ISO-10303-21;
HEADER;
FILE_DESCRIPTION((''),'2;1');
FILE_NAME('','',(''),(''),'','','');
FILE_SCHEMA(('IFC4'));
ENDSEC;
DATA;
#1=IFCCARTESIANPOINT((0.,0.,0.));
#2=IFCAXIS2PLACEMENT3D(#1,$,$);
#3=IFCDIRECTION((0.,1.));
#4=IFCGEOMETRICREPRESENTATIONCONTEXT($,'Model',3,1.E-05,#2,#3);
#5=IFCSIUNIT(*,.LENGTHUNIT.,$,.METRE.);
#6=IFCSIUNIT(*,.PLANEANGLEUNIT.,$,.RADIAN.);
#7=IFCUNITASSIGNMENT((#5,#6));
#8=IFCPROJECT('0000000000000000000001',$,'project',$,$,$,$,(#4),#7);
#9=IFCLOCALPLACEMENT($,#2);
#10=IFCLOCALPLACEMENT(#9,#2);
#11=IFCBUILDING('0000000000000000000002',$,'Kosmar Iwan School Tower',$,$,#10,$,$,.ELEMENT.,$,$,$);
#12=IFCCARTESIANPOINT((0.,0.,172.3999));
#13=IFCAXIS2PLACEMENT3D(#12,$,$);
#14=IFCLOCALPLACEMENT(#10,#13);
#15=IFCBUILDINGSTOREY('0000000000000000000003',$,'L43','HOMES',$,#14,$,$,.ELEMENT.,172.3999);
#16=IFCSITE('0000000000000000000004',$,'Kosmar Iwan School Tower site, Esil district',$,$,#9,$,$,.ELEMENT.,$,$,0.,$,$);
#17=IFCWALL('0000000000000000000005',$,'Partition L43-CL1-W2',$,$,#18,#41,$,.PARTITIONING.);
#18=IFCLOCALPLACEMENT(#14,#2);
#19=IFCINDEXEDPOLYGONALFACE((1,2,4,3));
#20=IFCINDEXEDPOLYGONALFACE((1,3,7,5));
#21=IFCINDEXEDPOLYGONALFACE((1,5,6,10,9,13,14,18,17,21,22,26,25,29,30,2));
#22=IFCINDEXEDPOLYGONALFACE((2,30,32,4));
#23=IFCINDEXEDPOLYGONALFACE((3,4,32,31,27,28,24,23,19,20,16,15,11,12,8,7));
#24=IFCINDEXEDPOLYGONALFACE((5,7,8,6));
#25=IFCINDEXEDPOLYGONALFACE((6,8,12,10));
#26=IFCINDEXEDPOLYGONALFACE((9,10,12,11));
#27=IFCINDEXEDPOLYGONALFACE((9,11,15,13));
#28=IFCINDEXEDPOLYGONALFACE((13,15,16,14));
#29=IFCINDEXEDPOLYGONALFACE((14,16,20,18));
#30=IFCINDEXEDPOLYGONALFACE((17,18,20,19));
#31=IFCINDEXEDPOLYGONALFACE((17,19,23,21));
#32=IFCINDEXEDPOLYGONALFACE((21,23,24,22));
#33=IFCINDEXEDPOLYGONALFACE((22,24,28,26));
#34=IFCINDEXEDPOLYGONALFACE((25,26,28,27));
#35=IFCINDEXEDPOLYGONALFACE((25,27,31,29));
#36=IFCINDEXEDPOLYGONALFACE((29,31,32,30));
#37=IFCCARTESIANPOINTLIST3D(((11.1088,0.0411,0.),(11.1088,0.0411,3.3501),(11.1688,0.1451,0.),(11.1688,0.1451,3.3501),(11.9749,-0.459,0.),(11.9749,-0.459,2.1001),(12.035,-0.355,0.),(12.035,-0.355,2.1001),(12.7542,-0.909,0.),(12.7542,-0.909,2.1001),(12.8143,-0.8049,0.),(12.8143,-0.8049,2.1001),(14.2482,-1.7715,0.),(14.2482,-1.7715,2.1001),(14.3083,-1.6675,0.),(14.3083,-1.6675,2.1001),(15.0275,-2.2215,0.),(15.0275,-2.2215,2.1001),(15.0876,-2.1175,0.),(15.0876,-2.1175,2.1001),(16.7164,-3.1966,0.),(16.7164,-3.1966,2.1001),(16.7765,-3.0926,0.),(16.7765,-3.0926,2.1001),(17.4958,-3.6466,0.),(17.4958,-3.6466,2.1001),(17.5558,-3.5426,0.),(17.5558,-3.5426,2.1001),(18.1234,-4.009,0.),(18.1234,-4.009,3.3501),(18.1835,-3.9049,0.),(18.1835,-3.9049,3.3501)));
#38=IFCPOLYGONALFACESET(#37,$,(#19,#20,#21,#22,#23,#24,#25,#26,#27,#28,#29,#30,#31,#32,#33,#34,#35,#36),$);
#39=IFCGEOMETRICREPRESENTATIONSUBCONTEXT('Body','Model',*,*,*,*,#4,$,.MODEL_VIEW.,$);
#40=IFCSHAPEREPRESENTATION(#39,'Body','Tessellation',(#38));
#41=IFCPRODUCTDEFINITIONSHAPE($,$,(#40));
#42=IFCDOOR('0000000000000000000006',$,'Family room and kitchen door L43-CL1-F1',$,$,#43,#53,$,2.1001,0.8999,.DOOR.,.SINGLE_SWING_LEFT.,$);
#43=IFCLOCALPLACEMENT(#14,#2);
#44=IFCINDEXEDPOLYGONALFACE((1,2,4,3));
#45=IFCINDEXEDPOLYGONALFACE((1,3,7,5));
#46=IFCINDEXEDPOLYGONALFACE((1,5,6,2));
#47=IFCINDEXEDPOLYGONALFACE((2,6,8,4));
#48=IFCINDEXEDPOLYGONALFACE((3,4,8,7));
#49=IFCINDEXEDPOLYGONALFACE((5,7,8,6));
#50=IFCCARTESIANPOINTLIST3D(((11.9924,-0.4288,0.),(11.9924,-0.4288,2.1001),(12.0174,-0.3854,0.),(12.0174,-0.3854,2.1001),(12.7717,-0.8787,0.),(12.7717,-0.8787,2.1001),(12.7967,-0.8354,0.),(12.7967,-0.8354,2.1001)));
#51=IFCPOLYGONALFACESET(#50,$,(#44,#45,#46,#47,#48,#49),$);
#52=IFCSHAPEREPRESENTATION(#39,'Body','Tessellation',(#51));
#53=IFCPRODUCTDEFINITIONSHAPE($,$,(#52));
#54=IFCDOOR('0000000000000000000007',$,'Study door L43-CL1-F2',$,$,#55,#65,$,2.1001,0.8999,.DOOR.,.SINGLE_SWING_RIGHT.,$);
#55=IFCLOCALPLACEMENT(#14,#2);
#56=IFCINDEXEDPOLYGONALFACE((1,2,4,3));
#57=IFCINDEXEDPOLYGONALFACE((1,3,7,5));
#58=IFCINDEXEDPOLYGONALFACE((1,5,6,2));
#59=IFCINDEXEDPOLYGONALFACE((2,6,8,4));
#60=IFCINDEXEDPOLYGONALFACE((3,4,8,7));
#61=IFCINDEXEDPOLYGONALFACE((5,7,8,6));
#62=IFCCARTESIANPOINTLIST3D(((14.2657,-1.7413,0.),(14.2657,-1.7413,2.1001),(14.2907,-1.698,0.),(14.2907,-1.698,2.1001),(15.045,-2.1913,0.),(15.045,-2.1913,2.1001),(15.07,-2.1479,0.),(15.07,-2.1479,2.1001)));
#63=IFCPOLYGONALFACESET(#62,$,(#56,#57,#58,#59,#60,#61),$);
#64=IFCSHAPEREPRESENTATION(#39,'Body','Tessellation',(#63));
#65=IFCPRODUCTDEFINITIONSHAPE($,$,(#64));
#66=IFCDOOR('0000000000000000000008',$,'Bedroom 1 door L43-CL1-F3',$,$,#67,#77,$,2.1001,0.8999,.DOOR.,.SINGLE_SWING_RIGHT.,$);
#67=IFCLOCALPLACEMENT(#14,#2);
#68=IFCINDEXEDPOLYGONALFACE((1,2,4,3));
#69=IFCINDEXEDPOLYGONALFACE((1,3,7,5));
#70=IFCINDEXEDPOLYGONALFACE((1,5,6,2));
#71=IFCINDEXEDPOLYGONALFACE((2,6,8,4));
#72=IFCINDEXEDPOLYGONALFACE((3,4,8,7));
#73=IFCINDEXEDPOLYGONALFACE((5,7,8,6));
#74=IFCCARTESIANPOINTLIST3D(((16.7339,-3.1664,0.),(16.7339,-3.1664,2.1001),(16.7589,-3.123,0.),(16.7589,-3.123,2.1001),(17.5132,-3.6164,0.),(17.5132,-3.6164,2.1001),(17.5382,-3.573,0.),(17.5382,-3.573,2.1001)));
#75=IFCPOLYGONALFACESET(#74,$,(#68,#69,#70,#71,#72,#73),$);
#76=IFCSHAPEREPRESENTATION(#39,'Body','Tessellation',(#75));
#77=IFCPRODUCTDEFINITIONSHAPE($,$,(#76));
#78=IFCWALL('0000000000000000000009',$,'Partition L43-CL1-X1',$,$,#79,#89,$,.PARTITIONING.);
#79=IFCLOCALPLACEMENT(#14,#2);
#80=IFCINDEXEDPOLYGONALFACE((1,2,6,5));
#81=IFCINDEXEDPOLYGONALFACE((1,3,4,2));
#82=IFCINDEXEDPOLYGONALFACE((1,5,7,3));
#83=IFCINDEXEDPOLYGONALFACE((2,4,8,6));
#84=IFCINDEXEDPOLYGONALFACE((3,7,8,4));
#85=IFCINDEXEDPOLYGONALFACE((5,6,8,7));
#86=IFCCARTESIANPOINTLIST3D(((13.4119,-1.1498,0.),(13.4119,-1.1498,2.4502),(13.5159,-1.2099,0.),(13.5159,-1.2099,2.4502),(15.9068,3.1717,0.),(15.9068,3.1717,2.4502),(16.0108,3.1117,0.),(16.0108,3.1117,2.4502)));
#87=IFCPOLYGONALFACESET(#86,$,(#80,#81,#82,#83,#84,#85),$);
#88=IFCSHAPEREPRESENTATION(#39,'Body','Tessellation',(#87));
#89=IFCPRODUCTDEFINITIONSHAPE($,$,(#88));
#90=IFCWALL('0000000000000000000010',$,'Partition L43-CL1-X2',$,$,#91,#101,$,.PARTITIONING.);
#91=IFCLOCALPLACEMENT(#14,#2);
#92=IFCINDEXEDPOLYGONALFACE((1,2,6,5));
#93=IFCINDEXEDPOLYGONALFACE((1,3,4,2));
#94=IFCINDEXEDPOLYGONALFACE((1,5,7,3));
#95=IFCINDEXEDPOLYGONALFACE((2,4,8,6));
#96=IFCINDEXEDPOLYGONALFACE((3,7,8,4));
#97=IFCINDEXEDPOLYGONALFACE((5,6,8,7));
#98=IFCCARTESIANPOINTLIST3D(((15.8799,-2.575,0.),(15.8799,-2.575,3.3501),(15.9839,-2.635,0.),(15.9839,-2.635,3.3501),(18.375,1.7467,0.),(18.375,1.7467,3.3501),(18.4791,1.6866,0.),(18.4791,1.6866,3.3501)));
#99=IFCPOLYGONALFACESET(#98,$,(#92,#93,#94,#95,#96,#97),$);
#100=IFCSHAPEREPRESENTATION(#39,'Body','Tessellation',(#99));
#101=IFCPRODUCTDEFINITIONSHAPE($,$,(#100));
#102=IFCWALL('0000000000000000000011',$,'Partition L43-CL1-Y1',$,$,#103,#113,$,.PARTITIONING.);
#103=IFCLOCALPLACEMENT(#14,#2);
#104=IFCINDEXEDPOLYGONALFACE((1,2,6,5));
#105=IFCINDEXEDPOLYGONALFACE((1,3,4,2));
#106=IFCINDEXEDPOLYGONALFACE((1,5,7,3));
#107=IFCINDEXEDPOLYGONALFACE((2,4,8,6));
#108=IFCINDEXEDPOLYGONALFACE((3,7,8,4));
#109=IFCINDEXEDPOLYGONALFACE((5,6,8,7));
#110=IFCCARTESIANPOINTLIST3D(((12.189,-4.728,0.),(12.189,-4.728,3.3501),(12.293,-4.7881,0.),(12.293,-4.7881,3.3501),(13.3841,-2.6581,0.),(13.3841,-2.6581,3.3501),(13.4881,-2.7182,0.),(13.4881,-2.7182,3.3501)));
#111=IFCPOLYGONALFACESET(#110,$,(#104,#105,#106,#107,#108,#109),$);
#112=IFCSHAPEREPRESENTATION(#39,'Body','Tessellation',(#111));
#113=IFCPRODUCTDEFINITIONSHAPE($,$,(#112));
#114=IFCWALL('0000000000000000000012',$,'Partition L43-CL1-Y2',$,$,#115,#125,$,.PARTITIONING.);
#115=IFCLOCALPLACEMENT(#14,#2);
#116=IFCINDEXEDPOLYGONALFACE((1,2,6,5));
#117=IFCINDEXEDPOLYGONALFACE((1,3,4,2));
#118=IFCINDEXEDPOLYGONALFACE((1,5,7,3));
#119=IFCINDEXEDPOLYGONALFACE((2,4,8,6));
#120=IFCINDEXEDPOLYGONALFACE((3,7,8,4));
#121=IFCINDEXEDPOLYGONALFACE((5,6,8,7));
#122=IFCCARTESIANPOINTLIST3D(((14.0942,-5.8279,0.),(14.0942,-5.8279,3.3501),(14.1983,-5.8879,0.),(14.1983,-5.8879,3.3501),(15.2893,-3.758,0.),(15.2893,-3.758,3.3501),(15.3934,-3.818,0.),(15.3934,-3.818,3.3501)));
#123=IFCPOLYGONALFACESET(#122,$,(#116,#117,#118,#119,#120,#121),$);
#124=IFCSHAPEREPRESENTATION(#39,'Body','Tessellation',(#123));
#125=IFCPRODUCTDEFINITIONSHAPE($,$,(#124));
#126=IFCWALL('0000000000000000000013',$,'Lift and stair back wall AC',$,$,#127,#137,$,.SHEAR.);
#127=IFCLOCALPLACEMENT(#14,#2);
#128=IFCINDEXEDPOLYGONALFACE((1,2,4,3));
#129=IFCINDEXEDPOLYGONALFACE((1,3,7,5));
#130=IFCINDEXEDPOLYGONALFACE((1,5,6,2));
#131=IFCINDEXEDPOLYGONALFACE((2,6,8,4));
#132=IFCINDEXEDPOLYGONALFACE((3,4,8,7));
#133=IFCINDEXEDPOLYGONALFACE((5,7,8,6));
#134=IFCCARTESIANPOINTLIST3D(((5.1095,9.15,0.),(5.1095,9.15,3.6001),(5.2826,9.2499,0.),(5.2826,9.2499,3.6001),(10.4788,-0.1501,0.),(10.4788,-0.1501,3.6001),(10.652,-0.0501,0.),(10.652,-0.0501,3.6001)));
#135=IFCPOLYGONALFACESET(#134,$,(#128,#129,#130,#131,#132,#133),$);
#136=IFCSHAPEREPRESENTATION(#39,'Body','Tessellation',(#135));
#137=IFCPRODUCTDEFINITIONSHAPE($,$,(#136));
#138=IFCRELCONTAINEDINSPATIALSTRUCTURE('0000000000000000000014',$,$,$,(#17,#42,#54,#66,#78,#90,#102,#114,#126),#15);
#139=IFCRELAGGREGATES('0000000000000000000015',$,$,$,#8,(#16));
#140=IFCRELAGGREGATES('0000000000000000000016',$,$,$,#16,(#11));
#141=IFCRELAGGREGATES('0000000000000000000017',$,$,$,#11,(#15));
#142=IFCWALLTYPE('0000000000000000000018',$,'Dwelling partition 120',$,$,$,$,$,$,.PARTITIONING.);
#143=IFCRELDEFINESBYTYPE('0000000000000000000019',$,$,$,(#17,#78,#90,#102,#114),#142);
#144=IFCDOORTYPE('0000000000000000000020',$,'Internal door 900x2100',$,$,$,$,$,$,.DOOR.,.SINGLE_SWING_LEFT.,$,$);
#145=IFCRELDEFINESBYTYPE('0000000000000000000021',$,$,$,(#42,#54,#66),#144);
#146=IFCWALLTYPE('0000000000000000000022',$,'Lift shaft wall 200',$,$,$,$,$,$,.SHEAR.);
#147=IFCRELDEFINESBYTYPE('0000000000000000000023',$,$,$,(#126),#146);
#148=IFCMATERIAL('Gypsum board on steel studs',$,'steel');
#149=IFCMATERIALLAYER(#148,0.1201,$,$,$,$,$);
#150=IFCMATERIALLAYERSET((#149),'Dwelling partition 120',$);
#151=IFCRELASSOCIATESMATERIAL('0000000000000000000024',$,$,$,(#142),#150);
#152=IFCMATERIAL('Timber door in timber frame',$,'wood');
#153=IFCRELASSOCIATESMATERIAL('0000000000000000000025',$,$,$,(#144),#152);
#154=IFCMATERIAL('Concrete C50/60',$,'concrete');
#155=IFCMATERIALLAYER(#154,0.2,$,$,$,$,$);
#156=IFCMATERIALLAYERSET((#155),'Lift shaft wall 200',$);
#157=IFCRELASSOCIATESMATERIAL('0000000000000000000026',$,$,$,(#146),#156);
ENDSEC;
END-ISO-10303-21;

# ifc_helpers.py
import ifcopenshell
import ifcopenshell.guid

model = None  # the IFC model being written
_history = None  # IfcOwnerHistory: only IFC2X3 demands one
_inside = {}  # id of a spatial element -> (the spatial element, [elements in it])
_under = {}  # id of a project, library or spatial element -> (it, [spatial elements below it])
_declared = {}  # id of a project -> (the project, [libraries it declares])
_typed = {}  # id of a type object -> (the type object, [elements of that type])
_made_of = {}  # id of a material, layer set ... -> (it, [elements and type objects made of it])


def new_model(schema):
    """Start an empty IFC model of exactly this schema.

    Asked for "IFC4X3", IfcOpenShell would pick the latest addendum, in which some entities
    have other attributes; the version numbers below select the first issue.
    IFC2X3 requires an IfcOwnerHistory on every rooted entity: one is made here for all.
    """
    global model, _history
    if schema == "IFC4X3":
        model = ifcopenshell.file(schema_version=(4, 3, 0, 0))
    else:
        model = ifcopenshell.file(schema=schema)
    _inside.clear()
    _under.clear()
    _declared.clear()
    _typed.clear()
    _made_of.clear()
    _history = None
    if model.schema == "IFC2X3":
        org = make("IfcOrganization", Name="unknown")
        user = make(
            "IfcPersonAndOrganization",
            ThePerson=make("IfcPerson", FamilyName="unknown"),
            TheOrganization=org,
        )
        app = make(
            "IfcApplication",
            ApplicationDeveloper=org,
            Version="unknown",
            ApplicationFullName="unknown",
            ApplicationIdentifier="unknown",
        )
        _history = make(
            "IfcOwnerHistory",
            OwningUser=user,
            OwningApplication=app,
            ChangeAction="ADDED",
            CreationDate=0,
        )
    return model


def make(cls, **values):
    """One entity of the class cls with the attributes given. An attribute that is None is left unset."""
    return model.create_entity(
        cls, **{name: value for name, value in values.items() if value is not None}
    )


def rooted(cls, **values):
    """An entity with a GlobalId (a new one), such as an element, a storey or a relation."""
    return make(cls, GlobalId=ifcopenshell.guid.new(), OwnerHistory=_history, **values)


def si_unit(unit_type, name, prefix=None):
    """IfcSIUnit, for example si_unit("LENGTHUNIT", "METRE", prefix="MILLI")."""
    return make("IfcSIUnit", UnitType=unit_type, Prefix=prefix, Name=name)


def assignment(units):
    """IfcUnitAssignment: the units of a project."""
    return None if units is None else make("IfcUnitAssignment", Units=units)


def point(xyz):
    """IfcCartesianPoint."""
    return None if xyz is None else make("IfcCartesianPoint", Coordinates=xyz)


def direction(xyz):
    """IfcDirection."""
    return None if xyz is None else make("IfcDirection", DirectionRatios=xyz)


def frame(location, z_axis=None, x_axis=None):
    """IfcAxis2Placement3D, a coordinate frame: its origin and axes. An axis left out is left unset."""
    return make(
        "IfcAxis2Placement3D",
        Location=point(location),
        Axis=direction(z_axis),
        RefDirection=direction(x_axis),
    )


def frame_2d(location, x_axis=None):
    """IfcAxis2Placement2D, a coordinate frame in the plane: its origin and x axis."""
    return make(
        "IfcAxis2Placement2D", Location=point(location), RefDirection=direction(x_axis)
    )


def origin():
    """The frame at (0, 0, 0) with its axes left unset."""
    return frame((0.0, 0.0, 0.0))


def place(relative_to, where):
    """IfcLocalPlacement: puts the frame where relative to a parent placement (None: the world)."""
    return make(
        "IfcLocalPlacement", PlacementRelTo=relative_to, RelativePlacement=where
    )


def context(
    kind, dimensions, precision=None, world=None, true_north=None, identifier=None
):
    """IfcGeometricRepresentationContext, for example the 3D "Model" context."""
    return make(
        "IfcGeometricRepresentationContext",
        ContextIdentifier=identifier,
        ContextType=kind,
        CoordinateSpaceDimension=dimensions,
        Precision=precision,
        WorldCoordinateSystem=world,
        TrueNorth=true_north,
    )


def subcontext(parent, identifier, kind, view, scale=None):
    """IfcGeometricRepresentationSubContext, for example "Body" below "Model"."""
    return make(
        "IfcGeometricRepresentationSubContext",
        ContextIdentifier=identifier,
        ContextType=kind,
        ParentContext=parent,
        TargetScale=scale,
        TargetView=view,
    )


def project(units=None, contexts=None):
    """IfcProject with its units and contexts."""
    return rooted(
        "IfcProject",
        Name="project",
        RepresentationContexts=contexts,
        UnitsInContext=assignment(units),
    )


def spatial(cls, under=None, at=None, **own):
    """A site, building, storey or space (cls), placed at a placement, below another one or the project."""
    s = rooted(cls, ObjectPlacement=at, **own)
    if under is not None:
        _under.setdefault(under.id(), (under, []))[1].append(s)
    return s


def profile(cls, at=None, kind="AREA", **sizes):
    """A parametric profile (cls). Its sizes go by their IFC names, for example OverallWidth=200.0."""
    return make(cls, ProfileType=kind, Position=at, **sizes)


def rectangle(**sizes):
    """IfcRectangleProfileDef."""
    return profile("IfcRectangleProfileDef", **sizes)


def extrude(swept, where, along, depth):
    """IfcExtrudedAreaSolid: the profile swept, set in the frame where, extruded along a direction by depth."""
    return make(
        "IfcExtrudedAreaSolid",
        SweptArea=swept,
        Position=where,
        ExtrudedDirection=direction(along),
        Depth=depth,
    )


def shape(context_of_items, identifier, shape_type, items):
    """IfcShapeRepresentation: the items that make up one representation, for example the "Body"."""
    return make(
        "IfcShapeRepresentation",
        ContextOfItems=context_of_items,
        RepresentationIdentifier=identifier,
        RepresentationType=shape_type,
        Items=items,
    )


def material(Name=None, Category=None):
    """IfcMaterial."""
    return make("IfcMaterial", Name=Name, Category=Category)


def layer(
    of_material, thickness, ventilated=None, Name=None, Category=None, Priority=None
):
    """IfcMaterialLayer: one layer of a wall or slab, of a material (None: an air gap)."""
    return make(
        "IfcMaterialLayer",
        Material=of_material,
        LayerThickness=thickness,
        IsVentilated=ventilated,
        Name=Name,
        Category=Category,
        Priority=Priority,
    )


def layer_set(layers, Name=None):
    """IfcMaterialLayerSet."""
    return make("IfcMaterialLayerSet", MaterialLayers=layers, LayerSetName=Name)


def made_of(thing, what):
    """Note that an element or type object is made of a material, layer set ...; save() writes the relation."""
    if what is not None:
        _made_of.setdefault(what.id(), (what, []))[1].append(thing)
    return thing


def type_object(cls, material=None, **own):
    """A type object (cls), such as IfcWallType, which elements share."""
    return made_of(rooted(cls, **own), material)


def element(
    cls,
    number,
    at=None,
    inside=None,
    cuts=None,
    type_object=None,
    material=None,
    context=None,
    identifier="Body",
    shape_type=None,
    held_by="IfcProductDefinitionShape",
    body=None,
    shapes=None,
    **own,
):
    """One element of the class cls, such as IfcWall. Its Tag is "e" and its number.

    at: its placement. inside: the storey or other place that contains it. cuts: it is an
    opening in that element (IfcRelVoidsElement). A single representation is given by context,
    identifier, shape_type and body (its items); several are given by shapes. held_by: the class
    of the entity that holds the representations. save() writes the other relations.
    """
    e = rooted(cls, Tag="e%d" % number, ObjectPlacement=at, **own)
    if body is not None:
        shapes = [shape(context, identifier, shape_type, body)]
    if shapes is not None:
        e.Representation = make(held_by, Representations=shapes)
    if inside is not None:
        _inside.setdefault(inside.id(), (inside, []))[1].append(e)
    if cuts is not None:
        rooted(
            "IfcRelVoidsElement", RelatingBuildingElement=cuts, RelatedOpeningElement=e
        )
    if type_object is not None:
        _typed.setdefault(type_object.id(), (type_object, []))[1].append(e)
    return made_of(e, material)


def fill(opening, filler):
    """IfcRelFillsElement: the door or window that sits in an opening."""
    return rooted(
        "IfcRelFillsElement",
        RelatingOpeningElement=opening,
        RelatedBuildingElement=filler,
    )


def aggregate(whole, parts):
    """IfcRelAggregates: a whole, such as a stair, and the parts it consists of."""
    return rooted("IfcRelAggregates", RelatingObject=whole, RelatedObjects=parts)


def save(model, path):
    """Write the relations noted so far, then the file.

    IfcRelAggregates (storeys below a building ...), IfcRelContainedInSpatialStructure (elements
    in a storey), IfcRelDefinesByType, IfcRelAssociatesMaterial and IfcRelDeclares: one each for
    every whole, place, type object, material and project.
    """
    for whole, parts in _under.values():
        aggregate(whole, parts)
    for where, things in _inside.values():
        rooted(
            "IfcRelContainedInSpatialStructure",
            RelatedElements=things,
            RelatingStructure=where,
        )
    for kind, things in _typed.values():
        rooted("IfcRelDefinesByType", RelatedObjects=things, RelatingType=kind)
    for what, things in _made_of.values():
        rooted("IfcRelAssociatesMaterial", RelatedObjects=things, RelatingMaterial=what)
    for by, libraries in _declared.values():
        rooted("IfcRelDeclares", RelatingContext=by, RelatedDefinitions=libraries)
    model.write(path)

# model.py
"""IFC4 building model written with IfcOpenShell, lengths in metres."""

from ifc_helpers import new_model, si_unit, direction, frame, frame_2d, origin, place, context, subcontext, project, spatial, rectangle, extrude, material, layer, layer_set, type_object, element, fill, save


model = new_model("IFC4")

# Units and contexts
model_context = context("Model", 3, precision=1e-05, world=origin(), true_north=direction((0.0, 1.0)))
body_context = subcontext(model_context, "Body", "Model", "MODEL_VIEW")
ifc_project = project(units=[si_unit("LENGTHUNIT", "METRE"), si_unit("PLANEANGLEUNIT", "RADIAN")], contexts=[model_context])

# Site, building, storey
site_placement = place(None, origin())
site = spatial("IfcSite", under=ifc_project, at=site_placement, Name="Kosmar Iwan School Tower site, Esil district", CompositionType="ELEMENT", RefElevation=0.0)
building_placement = place(site_placement, origin())
building = spatial("IfcBuilding", under=site, at=building_placement, Name="Kosmar Iwan School Tower", CompositionType="ELEMENT")
storey_placement = place(building_placement, frame((0.0, 0.0, 172.3999)))
storey = spatial("IfcBuildingStorey", under=building, at=storey_placement, Name="L43", Description="HOMES", CompositionType="ELEMENT", Elevation=172.3999)

# Wall, openings, doors
ifc_material_1 = material(Name="Gypsum board on steel studs", Category="steel")
ifc_layer_1 = layer(ifc_material_1, 0.1201)
ifc_layer_set_1 = layer_set([ifc_layer_1], Name="Dwelling partition 120")
wall_type_1 = type_object("IfcWallType", Name="Dwelling partition 120", PredefinedType="PARTITIONING", material=ifc_layer_set_1)
ifc_material_2 = material(Name="Timber door in timber frame", Category="wood")
door_type_1 = type_object("IfcDoorType", Name="Internal door 900x2100", OperationType="SINGLE_SWING_LEFT", PredefinedType="DOOR", material=ifc_material_2)
wall_1_placement = place(storey_placement, frame((11.1389, 0.093, 0.0), z_axis=(0.0, 0.0, 1.0), x_axis=(0.866018, -0.500013, 0.0)))
wall_1 = element("IfcWall", 1, at=wall_1_placement, inside=storey, type_object=wall_type_1, Name="Partition L43-CL1-W2", PredefinedType="PARTITIONING", context=body_context, shape_type="SweptSolid", body=[
    extrude(rectangle(XDim=8.0999, YDim=0.1201, at=frame_2d((4.0498, 0.0))), origin(), (0.0, 0.0, 1.0), 3.3501),
])
opening_1_placement = place(wall_1_placement, frame((1.0, 0.0, 0.0)))
opening_1 = element("IfcOpeningElement", 2, at=opening_1_placement, cuts=wall_1, PredefinedType="OPENING", context=body_context, shape_type="SweptSolid", body=[
    extrude(rectangle(XDim=0.8999, YDim=2.1001, at=frame_2d((0.45, 1.05))), frame((0.0, 0.072, 0.0), z_axis=(0.0, -1.0, 0.0), x_axis=(1.0, 0.0, 0.0)), (0.0, 0.0, 1.0), 0.144),
])
opening_2_placement = place(wall_1_placement, frame((3.625, 0.0, 0.0)))
opening_2 = element("IfcOpeningElement", 3, at=opening_2_placement, cuts=wall_1, PredefinedType="OPENING", context=body_context, shape_type="SweptSolid", body=[
    extrude(rectangle(XDim=0.8999, YDim=2.1001, at=frame_2d((0.45, 1.05))), frame((0.0, 0.072, 0.0), z_axis=(0.0, -1.0, 0.0), x_axis=(1.0, 0.0, 0.0)), (0.0, 0.0, 1.0), 0.144),
])
opening_3_placement = place(wall_1_placement, frame((6.4751, 0.0, 0.0)))
opening_3 = element("IfcOpeningElement", 4, at=opening_3_placement, cuts=wall_1, PredefinedType="OPENING", context=body_context, shape_type="SweptSolid", body=[
    extrude(rectangle(XDim=0.8999, YDim=2.1001, at=frame_2d((0.45, 1.05))), frame((0.0, 0.072, 0.0), z_axis=(0.0, -1.0, 0.0), x_axis=(1.0, 0.0, 0.0)), (0.0, 0.0, 1.0), 0.144),
])
door_1_placement = place(opening_1_placement, origin())
door_1 = element("IfcDoor", 5, at=door_1_placement, inside=storey, type_object=door_type_1, Name="Family room and kitchen door L43-CL1-F1", OperationType="SINGLE_SWING_LEFT", OverallHeight=2.1001, OverallWidth=0.8999, PredefinedType="DOOR", context=body_context, shape_type="SweptSolid", body=[
    extrude(rectangle(XDim=0.8999, YDim=2.1001, at=frame_2d((0.45, 1.05))), frame((0.0, 0.0249, 0.0), z_axis=(0.0, -1.0, 0.0), x_axis=(1.0, 0.0, 0.0)), (0.0, 0.0, 1.0), 0.05),
])
fill(opening_1, door_1)
door_2_placement = place(opening_2_placement, origin())
door_2 = element("IfcDoor", 6, at=door_2_placement, inside=storey, type_object=door_type_1, Name="Study door L43-CL1-F2", OperationType="SINGLE_SWING_RIGHT", OverallHeight=2.1001, OverallWidth=0.8999, PredefinedType="DOOR", context=body_context, shape_type="SweptSolid", body=[
    extrude(rectangle(XDim=0.8999, YDim=2.1001, at=frame_2d((0.45, 1.05))), frame((0.0, 0.0249, 0.0), z_axis=(0.0, -1.0, 0.0), x_axis=(1.0, 0.0, 0.0)), (0.0, 0.0, 1.0), 0.05),
])
fill(opening_2, door_2)
door_3_placement = place(opening_3_placement, origin())
door_3 = element("IfcDoor", 7, at=door_3_placement, inside=storey, type_object=door_type_1, Name="Bedroom 1 door L43-CL1-F3", OperationType="SINGLE_SWING_RIGHT", OverallHeight=2.1001, OverallWidth=0.8999, PredefinedType="DOOR", context=body_context, shape_type="SweptSolid", body=[
    extrude(rectangle(XDim=0.8999, YDim=2.1001, at=frame_2d((0.45, 1.05))), frame((0.0, 0.0249, 0.0), z_axis=(0.0, -1.0, 0.0), x_axis=(1.0, 0.0, 0.0)), (0.0, 0.0, 1.0), 0.05),
])
fill(opening_3, door_3)

# Walls
wall_2_placement = place(storey_placement, frame((13.4639, -1.1799, 0.0), z_axis=(0.0, 0.0, 1.0), x_axis=(0.499975, 0.86604, 0.0)))
element("IfcWall", 8, at=wall_2_placement, inside=storey, type_object=wall_type_1, Name="Partition L43-CL1-X1", PredefinedType="PARTITIONING", context=body_context, shape_type="SweptSolid", body=[
    extrude(rectangle(XDim=4.99, YDim=0.1201, at=frame_2d((2.4951, 0.0))), origin(), (0.0, 0.0, 1.0), 2.4502),
])
wall_3_placement = place(storey_placement, frame((15.9319, -2.605, 0.0), z_axis=(0.0, 0.0, 1.0), x_axis=(0.500012, 0.866019, 0.0)))
element("IfcWall", 9, at=wall_3_placement, inside=storey, type_object=wall_type_1, Name="Partition L43-CL1-X2", PredefinedType="PARTITIONING", context=body_context, shape_type="SweptSolid", body=[
    extrude(rectangle(XDim=4.9902, YDim=0.1201, at=frame_2d((2.4951, 0.0))), origin(), (0.0, 0.0, 1.0), 3.3501),
])
for number, where, z_axis, x_axis, name in (
    (10, (12.241, -4.7581, 0.0), (0.0, 0.0, 1.0), (0.500017, 0.866015, 0.0), "Partition L43-CL1-Y1"),
    (11, (14.1462, -5.8579, 0.0), (0.0, 0.0, 1.0), (0.500017, 0.866015, 0.0), "Partition L43-CL1-Y2"),
):
    element("IfcWall", number, at=place(storey_placement, frame(where, z_axis=z_axis, x_axis=x_axis)), inside=storey, type_object=wall_type_1, Name=name, PredefinedType="PARTITIONING", context=body_context, shape_type="SweptSolid", body=[
        extrude(rectangle(XDim=2.3901, YDim=0.1201, at=frame_2d((1.1951, 0.0))), origin(), (0.0, 0.0, 1.0), 3.3501),
    ])
ifc_material_3 = material(Name="Concrete C50/60", Category="concrete")
ifc_layer_2 = layer(ifc_material_3, 0.2)
ifc_layer_set_2 = layer_set([ifc_layer_2], Name="Lift shaft wall 200")
wall_type_2 = type_object("IfcWallType", Name="Lift shaft wall 200", PredefinedType="SHEAR", material=ifc_layer_set_2)
wall_4_placement = place(storey_placement, frame((10.5654, -0.1001, 0.0), z_axis=(0.0, 0.0, 1.0), x_axis=(-0.5, 0.866025, 0.0)))
element("IfcWall", 12, at=wall_4_placement, inside=storey, type_object=wall_type_2, Name="Lift and stair back wall AC", PredefinedType="SHEAR", context=body_context, shape_type="SweptSolid", body=[
    extrude(rectangle(XDim=10.7388, YDim=0.2, at=frame_2d((5.3694, 0.0))), origin(), (0.0, 0.0, 1.0), 3.6001),
])

save(model, "model.ifc")
